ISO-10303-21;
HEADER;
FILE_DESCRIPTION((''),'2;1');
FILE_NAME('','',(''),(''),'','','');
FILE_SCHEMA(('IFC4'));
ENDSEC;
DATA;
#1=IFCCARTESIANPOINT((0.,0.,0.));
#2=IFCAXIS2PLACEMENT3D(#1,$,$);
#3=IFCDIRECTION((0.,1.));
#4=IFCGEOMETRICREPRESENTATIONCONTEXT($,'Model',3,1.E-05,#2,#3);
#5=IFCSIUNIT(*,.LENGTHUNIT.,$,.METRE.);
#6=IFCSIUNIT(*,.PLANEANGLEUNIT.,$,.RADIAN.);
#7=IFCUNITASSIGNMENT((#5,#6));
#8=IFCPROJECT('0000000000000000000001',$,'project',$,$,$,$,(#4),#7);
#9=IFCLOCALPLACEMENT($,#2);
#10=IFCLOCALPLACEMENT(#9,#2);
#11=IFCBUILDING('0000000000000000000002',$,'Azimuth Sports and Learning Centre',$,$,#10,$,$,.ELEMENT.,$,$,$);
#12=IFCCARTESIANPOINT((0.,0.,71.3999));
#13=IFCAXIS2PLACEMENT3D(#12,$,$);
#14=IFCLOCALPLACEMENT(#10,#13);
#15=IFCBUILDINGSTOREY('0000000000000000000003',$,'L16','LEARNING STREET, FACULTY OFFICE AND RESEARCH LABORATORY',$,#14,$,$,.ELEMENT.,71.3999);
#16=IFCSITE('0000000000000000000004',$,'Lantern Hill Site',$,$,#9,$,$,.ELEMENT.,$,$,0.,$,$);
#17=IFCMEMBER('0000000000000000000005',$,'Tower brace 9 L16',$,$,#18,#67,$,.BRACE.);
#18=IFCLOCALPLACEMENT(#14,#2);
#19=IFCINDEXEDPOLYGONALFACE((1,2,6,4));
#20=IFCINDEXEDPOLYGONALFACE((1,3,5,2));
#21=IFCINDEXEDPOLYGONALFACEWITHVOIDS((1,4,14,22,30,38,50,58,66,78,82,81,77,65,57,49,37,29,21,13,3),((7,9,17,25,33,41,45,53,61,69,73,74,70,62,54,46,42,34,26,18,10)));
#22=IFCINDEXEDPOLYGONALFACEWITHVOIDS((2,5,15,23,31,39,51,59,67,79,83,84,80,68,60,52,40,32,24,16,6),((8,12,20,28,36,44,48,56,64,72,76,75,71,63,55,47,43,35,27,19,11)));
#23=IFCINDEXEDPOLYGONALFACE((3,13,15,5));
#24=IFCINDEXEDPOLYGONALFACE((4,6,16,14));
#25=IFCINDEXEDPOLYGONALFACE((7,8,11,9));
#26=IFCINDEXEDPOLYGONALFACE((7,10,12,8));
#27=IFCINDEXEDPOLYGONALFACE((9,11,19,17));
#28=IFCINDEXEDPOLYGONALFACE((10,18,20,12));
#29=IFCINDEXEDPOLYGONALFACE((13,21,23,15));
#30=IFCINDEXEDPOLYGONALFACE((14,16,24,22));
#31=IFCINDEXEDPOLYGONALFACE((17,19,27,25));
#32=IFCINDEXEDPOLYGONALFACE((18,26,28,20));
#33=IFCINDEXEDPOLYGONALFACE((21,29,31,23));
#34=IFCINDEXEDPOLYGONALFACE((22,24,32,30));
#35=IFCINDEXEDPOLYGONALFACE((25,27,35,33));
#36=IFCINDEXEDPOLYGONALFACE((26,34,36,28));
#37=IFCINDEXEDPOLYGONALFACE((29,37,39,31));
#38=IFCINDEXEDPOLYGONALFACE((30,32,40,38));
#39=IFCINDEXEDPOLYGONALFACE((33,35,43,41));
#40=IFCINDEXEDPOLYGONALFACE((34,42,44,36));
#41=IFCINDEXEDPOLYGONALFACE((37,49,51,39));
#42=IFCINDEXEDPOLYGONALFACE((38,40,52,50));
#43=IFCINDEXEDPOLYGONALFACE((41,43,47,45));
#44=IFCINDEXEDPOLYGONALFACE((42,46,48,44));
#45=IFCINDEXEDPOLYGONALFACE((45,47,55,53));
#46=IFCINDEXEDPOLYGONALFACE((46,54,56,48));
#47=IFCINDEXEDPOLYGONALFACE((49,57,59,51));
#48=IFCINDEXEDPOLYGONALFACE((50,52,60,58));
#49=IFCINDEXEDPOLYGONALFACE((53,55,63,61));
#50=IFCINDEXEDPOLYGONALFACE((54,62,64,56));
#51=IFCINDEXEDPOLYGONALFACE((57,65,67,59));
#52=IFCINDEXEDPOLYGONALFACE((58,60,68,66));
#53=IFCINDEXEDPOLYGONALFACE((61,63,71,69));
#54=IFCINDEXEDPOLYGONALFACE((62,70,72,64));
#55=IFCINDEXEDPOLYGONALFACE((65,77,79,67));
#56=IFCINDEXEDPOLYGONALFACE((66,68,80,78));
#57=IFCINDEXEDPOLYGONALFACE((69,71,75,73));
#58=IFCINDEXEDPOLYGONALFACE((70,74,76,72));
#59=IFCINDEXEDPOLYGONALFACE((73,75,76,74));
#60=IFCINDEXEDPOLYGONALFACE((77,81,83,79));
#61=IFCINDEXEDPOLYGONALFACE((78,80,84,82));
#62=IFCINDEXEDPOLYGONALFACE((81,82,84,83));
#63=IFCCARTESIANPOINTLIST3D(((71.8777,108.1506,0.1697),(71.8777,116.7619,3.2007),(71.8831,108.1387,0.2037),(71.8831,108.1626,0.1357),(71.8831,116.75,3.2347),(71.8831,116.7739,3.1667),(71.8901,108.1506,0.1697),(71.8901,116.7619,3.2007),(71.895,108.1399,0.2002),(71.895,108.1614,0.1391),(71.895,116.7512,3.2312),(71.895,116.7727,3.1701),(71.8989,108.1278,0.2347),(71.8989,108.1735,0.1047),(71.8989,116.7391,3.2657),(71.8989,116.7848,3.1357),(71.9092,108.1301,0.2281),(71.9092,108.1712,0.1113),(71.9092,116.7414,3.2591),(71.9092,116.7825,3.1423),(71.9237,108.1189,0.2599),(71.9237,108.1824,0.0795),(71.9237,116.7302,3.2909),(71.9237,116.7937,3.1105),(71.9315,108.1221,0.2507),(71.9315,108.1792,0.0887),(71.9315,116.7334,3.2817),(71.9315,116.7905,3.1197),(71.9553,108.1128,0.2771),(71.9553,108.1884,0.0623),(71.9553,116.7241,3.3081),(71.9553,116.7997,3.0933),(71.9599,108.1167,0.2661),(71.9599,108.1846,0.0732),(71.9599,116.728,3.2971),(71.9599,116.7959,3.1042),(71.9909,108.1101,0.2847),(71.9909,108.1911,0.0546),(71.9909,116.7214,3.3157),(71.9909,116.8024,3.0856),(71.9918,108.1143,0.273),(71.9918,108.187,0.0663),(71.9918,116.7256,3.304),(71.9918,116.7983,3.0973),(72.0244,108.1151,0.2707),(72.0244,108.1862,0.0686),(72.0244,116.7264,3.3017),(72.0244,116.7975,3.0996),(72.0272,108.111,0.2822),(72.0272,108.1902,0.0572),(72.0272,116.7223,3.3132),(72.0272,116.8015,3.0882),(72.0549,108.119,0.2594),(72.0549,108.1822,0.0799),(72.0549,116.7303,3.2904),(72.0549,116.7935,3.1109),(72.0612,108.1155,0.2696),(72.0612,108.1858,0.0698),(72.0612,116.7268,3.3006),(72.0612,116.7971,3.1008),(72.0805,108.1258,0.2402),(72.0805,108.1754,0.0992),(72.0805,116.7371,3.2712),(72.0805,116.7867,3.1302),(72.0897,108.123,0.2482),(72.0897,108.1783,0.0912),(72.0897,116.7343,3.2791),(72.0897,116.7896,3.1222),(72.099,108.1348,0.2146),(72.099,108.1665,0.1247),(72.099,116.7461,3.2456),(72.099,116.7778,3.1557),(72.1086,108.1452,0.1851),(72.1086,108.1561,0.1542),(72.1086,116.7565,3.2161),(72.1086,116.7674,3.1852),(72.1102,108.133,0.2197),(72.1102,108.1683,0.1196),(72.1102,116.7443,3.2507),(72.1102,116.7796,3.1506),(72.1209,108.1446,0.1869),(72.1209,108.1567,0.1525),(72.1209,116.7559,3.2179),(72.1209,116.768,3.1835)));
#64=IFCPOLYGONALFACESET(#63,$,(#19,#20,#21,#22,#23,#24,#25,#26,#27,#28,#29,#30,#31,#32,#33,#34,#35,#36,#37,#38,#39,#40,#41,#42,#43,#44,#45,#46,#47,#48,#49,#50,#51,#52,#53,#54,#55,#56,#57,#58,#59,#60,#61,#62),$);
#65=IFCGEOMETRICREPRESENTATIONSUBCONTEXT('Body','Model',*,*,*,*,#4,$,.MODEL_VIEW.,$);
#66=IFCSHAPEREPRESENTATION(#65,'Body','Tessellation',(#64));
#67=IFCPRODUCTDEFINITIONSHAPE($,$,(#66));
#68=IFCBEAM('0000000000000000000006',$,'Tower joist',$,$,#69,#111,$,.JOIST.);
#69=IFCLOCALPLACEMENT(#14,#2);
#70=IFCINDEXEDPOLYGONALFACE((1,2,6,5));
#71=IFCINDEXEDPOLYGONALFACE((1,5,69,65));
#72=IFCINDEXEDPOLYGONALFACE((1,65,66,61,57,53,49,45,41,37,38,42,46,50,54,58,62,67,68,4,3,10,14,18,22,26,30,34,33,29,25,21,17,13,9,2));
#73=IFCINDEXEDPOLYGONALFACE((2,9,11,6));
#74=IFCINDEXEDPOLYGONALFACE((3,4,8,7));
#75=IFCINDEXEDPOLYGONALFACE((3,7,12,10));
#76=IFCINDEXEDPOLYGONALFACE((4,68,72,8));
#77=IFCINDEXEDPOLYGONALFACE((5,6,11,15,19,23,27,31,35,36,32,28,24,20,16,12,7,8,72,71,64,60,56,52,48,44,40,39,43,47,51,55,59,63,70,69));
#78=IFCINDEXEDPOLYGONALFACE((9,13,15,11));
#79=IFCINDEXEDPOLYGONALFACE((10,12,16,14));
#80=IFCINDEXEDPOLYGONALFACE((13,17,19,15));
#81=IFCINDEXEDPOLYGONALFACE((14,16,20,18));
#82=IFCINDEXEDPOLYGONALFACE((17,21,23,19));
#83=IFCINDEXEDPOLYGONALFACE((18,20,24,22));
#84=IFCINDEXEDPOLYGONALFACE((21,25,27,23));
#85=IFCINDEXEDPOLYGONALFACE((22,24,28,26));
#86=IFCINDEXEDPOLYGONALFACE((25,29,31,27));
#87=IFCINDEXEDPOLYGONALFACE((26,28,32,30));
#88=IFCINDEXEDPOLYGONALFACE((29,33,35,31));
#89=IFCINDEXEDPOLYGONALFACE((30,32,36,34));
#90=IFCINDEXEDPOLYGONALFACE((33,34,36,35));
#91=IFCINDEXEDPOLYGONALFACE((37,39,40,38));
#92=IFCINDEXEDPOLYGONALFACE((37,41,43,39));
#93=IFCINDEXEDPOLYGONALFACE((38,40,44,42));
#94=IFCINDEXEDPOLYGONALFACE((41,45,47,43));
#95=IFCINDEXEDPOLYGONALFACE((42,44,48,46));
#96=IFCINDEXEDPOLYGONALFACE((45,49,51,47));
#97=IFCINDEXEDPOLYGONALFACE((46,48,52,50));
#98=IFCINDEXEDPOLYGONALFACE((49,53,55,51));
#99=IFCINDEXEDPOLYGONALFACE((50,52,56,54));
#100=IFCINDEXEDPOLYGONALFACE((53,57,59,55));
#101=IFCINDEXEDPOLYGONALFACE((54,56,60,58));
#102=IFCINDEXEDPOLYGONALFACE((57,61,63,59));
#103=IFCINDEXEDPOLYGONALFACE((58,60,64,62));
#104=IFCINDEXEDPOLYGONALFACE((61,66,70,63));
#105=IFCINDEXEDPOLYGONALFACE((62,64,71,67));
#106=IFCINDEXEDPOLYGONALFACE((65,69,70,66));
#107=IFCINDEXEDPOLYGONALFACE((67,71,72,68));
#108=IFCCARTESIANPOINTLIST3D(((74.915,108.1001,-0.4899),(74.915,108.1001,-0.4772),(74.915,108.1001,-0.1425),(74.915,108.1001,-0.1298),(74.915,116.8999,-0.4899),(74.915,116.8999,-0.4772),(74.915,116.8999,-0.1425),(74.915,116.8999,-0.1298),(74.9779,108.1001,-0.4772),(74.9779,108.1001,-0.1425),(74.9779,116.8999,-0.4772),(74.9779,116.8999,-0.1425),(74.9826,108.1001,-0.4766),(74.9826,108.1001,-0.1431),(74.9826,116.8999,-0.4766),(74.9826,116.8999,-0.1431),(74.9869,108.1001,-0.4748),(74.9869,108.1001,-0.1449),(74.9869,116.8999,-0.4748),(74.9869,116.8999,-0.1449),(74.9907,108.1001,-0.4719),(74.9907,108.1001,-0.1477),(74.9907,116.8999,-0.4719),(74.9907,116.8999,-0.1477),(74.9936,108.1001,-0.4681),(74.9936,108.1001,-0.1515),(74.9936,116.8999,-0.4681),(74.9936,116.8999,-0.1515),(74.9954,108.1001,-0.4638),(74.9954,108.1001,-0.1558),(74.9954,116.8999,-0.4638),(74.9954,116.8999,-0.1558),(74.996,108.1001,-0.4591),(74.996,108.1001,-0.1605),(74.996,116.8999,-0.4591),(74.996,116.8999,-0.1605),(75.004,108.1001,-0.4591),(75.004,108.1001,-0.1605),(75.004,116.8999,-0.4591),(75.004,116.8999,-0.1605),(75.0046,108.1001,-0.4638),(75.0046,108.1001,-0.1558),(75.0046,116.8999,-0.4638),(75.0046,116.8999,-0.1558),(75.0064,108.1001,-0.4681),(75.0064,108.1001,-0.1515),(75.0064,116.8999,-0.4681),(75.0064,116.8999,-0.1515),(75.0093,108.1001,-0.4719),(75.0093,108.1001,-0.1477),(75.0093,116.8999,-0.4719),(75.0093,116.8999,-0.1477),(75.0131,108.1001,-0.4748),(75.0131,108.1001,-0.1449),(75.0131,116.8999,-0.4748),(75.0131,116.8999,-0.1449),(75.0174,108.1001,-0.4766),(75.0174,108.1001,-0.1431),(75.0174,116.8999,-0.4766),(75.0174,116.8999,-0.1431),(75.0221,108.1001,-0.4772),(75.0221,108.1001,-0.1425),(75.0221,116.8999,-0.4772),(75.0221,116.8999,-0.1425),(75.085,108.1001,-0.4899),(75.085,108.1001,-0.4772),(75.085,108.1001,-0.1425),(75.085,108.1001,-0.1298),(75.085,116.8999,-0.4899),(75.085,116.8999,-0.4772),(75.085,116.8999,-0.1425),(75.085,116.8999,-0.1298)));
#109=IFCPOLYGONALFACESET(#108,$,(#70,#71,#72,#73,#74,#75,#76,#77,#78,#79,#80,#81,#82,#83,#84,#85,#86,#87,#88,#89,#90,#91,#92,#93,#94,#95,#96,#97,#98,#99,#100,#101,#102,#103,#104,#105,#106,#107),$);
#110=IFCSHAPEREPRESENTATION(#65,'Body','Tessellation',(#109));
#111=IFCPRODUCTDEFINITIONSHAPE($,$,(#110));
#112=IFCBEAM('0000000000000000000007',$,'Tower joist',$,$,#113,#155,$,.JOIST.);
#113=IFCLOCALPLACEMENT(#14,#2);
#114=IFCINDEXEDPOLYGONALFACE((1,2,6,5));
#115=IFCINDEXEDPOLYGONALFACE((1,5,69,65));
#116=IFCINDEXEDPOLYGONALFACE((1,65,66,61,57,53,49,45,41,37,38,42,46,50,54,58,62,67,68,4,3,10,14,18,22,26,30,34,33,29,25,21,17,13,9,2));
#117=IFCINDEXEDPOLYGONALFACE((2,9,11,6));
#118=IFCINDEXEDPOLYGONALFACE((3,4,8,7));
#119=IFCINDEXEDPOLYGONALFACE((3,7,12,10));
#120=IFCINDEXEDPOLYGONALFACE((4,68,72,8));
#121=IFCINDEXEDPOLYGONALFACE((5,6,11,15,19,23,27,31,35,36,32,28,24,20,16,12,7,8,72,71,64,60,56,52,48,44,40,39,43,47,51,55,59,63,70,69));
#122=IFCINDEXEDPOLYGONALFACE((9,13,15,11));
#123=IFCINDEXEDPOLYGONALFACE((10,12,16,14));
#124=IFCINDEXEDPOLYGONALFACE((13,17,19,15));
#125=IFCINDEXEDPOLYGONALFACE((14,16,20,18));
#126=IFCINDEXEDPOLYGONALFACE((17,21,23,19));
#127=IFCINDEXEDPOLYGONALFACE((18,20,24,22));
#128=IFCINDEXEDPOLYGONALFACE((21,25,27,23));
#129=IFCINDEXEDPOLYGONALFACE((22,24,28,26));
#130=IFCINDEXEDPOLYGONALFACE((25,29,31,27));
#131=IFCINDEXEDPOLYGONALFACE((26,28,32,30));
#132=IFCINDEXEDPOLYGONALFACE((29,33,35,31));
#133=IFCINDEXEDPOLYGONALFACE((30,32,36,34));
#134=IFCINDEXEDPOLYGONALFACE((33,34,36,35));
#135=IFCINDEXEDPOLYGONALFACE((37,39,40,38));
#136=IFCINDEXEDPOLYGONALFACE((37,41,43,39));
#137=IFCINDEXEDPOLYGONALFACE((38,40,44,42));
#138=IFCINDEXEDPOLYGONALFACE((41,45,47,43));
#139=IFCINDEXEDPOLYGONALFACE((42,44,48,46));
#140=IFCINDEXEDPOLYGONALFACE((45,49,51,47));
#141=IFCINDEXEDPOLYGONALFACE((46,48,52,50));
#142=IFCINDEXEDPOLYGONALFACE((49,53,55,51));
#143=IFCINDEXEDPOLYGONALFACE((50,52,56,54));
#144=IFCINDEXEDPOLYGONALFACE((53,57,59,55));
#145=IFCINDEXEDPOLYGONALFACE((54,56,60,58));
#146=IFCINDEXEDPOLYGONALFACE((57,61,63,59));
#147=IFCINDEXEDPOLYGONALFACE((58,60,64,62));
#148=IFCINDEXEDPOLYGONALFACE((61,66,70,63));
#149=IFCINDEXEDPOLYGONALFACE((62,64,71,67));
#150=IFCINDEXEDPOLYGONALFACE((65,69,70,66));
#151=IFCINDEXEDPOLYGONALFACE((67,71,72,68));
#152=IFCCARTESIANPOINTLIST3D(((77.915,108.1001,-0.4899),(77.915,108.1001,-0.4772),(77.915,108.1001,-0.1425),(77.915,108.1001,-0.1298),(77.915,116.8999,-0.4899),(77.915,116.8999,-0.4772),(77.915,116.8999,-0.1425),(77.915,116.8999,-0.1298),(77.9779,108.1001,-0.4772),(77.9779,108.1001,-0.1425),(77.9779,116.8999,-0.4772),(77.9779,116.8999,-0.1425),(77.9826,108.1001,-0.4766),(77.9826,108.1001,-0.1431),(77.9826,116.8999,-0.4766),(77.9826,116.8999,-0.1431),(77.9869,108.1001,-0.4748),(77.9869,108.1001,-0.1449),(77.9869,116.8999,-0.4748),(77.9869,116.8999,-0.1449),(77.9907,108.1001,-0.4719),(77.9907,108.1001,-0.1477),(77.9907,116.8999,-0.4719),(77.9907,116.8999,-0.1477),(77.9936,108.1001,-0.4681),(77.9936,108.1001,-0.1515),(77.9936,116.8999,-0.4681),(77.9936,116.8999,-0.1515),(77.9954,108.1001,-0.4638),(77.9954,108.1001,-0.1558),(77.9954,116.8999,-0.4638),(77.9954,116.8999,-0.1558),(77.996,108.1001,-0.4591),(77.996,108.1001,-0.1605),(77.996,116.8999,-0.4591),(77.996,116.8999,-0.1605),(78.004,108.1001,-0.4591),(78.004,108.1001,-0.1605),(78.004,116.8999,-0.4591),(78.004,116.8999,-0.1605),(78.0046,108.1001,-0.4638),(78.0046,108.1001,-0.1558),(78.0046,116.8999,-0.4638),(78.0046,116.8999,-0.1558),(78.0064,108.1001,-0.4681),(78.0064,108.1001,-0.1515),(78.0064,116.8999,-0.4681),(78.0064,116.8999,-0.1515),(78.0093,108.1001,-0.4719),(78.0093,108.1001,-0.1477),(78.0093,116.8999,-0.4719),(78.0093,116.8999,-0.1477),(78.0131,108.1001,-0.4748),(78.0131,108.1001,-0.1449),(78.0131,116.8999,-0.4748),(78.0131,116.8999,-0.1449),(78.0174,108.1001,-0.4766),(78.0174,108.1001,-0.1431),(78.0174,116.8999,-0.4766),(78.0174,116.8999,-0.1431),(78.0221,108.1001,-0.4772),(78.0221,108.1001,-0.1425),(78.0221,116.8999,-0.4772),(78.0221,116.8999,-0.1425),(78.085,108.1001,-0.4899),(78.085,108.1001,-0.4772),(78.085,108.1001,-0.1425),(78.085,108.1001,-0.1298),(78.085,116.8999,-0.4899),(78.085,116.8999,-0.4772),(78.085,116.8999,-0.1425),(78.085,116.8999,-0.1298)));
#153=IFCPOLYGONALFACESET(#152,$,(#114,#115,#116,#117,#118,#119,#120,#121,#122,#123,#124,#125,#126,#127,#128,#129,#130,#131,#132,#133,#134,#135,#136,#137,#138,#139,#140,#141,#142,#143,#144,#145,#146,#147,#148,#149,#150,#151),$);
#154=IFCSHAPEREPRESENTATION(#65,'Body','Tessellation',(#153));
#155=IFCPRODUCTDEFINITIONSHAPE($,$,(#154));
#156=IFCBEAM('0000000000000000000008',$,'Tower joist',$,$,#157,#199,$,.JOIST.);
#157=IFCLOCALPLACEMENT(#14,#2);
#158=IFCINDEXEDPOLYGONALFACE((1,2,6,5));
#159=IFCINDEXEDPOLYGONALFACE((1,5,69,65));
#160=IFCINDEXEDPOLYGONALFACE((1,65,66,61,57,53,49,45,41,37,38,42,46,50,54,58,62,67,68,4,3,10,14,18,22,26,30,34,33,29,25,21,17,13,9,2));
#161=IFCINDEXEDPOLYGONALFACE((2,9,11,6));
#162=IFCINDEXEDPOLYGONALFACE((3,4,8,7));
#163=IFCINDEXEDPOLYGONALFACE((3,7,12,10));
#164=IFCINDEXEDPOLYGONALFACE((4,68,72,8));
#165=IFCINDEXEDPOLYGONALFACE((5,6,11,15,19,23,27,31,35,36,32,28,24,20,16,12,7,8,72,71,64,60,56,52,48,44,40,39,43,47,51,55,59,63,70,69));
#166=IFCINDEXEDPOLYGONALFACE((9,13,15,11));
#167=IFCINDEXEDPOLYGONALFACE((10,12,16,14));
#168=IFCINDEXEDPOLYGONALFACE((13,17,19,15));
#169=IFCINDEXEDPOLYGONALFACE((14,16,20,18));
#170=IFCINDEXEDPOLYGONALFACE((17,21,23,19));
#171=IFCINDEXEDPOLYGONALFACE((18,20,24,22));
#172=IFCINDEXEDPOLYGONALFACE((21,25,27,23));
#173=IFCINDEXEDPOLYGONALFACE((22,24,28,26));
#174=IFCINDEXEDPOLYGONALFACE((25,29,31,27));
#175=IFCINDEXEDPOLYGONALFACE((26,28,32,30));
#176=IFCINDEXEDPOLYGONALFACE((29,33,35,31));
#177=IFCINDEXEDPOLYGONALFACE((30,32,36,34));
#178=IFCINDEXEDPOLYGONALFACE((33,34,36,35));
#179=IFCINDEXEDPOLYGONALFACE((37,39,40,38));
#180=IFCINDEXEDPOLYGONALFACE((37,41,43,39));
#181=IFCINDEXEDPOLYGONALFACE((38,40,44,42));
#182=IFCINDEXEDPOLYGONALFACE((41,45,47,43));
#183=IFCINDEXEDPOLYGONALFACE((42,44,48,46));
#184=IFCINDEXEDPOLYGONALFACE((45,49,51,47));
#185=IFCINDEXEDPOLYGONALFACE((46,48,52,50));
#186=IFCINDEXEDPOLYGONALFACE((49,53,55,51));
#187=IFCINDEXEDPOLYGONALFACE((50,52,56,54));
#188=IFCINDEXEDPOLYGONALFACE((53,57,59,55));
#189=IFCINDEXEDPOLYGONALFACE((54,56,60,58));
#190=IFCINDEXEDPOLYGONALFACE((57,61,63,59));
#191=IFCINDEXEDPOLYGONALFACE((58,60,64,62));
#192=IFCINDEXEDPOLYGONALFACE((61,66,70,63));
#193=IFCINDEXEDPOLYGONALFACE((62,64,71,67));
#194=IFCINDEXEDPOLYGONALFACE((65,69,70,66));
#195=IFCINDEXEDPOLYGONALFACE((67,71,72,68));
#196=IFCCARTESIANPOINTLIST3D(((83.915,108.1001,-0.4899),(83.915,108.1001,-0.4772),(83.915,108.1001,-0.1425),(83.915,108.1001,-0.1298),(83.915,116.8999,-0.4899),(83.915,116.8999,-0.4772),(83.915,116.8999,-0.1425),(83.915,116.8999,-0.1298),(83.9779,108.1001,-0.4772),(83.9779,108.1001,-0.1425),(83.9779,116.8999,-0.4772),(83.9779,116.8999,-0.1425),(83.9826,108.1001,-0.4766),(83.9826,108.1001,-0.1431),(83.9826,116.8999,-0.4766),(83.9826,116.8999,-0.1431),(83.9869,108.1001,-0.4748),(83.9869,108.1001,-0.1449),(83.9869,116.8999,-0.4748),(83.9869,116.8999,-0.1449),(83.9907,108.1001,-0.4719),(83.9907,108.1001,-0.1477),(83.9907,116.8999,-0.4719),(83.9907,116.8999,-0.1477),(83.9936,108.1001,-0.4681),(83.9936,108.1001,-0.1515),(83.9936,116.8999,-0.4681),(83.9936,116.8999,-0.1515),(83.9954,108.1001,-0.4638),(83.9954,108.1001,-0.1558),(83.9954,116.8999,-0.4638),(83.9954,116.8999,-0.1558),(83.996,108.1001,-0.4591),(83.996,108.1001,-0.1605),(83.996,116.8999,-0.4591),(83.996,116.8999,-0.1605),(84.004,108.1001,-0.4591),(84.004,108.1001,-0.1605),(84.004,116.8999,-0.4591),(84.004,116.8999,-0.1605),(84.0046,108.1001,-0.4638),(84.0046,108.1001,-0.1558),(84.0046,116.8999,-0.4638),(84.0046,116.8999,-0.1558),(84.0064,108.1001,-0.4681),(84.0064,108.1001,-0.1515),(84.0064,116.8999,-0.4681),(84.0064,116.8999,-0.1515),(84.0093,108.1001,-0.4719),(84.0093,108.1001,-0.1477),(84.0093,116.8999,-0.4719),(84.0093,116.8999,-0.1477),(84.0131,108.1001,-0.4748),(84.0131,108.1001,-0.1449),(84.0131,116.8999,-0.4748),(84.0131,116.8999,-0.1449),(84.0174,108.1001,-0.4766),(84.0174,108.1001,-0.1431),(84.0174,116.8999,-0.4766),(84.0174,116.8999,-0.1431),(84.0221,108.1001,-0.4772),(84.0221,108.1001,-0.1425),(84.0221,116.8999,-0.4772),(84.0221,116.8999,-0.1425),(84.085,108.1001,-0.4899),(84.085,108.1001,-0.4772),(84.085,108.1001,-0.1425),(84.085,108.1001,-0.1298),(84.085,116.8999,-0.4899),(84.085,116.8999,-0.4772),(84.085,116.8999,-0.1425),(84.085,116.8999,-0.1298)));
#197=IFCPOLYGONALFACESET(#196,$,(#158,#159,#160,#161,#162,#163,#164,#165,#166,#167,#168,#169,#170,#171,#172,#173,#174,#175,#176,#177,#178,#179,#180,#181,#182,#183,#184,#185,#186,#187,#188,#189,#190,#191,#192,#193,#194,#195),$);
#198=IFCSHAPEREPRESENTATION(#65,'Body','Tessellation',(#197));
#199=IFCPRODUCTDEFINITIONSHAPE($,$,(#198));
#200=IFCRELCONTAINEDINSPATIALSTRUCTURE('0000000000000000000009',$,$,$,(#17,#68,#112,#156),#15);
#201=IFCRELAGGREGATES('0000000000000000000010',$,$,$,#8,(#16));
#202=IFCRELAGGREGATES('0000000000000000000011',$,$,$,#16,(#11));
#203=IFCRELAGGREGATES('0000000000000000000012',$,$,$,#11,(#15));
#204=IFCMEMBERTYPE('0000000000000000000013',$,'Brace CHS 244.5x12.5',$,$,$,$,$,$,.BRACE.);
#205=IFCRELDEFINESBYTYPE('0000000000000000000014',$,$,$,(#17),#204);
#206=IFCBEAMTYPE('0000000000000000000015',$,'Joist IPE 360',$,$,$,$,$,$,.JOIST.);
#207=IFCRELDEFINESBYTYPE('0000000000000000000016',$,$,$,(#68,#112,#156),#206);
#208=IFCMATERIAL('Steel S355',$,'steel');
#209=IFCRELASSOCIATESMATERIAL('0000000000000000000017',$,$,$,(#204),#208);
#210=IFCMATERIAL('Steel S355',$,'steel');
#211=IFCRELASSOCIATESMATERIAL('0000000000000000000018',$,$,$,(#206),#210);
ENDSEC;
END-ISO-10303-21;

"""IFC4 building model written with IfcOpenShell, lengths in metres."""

from ifc_helpers import new_model, si_unit, direction, frame, origin, origin_2d, place, context, subcontext, project, spatial, hollow_circle, i_section, extrude, material, material_profile, profile_set, type_object, element, save


model = new_model("IFC4")

# Units and contexts
model_context = context("Model", 3, precision=1e-05, world=origin(), true_north=direction((0.0, 1.0)))
body_context = subcontext(model_context, "Body", "Model", "MODEL_VIEW")
ifc_project = project(units=[si_unit("LENGTHUNIT", "METRE"), si_unit("PLANEANGLEUNIT", "RADIAN")], contexts=[model_context])

# Site, building, storey
site_placement = place(None, origin())
site = spatial("IfcSite", under=ifc_project, at=site_placement, Name="Lantern Hill Site", CompositionType="ELEMENT", RefElevation=0.0)
building_placement = place(site_placement, origin())
building = spatial("IfcBuilding", under=site, at=building_placement, Name="Azimuth Sports and Learning Centre", CompositionType="ELEMENT")
storey_placement = place(building_placement, frame((0.0, 0.0, 71.3999)))
storey = spatial("IfcBuildingStorey", under=building, at=storey_placement, Name="L16", Description="LEARNING STREET, FACULTY OFFICE AND RESEARCH LABORATORY", CompositionType="ELEMENT", Elevation=71.3999)

# Member
ifc_material_1 = material(Name="Steel S355", Category="steel")
ifc_material_profile_1 = material_profile(ifc_material_1, hollow_circle(Radius=0.1223, WallThickness=0.0125, at=origin_2d()), Name="CHS 244.5x12.5")
ifc_profile_set_1 = profile_set([ifc_material_profile_1], Name="Steel S355")
member_type = type_object("IfcMemberType", Name="Brace CHS 244.5x12.5", PredefinedType="BRACE", material=ifc_profile_set_1)
member_placement = place(storey_placement, frame((72.0, 108.1506, 0.1697), z_axis=(0.0, 0.943275, 0.332013), x_axis=(-1.0, 0.0, 0.0)))
element("IfcMember", 1, at=member_placement, inside=storey, type_object=member_type, Name="Tower brace 9 L16", PredefinedType="BRACE", context=body_context, shape_type="SweptSolid", body=[
    extrude(hollow_circle(Radius=0.1223, WallThickness=0.0125, at=origin_2d()), origin(), (0.0, 0.0, 1.0), 9.1292),
])

# Beams
ifc_material_2 = material(Name="Steel S355", Category="steel")
ifc_material_profile_2 = material_profile(ifc_material_2, i_section(OverallWidth=0.1699, OverallDepth=0.3601, WebThickness=0.0081, FlangeThickness=0.0127, FilletRadius=0.0181, at=origin_2d()), Name="IPE 360")
ifc_profile_set_2 = profile_set([ifc_material_profile_2], Name="Steel S355")
beam_type_1 = type_object("IfcBeamType", Name="Joist IPE 360", PredefinedType="JOIST", material=ifc_profile_set_2)
for number, where, z_axis, x_axis, name in (
    (2, (75.0, 108.1001, -0.3098), (0.0, 1.0, 0.0), (-1.0, 0.0, 0.0), "Tower joist"),
    (3, (78.0, 108.1001, -0.3098), (0.0, 1.0, 0.0), (-1.0, 0.0, 0.0), "Tower joist"),
    (4, (84.0, 108.1001, -0.3098), (0.0, 1.0, 0.0), (-1.0, 0.0, 0.0), "Tower joist"),
):
    element("IfcBeam", number, at=place(storey_placement, frame(where, z_axis=z_axis, x_axis=x_axis)), inside=storey, type_object=beam_type_1, Name=name, PredefinedType="JOIST", context=body_context, shape_type="SweptSolid", body=[
        extrude(i_section(OverallWidth=0.1699, OverallDepth=0.3601, WebThickness=0.0081, FlangeThickness=0.0127, FilletRadius=0.0181, at=origin_2d()), origin(), (0.0, 0.0, 1.0), 8.7998),
    ])

save(model, "model.ifc")
